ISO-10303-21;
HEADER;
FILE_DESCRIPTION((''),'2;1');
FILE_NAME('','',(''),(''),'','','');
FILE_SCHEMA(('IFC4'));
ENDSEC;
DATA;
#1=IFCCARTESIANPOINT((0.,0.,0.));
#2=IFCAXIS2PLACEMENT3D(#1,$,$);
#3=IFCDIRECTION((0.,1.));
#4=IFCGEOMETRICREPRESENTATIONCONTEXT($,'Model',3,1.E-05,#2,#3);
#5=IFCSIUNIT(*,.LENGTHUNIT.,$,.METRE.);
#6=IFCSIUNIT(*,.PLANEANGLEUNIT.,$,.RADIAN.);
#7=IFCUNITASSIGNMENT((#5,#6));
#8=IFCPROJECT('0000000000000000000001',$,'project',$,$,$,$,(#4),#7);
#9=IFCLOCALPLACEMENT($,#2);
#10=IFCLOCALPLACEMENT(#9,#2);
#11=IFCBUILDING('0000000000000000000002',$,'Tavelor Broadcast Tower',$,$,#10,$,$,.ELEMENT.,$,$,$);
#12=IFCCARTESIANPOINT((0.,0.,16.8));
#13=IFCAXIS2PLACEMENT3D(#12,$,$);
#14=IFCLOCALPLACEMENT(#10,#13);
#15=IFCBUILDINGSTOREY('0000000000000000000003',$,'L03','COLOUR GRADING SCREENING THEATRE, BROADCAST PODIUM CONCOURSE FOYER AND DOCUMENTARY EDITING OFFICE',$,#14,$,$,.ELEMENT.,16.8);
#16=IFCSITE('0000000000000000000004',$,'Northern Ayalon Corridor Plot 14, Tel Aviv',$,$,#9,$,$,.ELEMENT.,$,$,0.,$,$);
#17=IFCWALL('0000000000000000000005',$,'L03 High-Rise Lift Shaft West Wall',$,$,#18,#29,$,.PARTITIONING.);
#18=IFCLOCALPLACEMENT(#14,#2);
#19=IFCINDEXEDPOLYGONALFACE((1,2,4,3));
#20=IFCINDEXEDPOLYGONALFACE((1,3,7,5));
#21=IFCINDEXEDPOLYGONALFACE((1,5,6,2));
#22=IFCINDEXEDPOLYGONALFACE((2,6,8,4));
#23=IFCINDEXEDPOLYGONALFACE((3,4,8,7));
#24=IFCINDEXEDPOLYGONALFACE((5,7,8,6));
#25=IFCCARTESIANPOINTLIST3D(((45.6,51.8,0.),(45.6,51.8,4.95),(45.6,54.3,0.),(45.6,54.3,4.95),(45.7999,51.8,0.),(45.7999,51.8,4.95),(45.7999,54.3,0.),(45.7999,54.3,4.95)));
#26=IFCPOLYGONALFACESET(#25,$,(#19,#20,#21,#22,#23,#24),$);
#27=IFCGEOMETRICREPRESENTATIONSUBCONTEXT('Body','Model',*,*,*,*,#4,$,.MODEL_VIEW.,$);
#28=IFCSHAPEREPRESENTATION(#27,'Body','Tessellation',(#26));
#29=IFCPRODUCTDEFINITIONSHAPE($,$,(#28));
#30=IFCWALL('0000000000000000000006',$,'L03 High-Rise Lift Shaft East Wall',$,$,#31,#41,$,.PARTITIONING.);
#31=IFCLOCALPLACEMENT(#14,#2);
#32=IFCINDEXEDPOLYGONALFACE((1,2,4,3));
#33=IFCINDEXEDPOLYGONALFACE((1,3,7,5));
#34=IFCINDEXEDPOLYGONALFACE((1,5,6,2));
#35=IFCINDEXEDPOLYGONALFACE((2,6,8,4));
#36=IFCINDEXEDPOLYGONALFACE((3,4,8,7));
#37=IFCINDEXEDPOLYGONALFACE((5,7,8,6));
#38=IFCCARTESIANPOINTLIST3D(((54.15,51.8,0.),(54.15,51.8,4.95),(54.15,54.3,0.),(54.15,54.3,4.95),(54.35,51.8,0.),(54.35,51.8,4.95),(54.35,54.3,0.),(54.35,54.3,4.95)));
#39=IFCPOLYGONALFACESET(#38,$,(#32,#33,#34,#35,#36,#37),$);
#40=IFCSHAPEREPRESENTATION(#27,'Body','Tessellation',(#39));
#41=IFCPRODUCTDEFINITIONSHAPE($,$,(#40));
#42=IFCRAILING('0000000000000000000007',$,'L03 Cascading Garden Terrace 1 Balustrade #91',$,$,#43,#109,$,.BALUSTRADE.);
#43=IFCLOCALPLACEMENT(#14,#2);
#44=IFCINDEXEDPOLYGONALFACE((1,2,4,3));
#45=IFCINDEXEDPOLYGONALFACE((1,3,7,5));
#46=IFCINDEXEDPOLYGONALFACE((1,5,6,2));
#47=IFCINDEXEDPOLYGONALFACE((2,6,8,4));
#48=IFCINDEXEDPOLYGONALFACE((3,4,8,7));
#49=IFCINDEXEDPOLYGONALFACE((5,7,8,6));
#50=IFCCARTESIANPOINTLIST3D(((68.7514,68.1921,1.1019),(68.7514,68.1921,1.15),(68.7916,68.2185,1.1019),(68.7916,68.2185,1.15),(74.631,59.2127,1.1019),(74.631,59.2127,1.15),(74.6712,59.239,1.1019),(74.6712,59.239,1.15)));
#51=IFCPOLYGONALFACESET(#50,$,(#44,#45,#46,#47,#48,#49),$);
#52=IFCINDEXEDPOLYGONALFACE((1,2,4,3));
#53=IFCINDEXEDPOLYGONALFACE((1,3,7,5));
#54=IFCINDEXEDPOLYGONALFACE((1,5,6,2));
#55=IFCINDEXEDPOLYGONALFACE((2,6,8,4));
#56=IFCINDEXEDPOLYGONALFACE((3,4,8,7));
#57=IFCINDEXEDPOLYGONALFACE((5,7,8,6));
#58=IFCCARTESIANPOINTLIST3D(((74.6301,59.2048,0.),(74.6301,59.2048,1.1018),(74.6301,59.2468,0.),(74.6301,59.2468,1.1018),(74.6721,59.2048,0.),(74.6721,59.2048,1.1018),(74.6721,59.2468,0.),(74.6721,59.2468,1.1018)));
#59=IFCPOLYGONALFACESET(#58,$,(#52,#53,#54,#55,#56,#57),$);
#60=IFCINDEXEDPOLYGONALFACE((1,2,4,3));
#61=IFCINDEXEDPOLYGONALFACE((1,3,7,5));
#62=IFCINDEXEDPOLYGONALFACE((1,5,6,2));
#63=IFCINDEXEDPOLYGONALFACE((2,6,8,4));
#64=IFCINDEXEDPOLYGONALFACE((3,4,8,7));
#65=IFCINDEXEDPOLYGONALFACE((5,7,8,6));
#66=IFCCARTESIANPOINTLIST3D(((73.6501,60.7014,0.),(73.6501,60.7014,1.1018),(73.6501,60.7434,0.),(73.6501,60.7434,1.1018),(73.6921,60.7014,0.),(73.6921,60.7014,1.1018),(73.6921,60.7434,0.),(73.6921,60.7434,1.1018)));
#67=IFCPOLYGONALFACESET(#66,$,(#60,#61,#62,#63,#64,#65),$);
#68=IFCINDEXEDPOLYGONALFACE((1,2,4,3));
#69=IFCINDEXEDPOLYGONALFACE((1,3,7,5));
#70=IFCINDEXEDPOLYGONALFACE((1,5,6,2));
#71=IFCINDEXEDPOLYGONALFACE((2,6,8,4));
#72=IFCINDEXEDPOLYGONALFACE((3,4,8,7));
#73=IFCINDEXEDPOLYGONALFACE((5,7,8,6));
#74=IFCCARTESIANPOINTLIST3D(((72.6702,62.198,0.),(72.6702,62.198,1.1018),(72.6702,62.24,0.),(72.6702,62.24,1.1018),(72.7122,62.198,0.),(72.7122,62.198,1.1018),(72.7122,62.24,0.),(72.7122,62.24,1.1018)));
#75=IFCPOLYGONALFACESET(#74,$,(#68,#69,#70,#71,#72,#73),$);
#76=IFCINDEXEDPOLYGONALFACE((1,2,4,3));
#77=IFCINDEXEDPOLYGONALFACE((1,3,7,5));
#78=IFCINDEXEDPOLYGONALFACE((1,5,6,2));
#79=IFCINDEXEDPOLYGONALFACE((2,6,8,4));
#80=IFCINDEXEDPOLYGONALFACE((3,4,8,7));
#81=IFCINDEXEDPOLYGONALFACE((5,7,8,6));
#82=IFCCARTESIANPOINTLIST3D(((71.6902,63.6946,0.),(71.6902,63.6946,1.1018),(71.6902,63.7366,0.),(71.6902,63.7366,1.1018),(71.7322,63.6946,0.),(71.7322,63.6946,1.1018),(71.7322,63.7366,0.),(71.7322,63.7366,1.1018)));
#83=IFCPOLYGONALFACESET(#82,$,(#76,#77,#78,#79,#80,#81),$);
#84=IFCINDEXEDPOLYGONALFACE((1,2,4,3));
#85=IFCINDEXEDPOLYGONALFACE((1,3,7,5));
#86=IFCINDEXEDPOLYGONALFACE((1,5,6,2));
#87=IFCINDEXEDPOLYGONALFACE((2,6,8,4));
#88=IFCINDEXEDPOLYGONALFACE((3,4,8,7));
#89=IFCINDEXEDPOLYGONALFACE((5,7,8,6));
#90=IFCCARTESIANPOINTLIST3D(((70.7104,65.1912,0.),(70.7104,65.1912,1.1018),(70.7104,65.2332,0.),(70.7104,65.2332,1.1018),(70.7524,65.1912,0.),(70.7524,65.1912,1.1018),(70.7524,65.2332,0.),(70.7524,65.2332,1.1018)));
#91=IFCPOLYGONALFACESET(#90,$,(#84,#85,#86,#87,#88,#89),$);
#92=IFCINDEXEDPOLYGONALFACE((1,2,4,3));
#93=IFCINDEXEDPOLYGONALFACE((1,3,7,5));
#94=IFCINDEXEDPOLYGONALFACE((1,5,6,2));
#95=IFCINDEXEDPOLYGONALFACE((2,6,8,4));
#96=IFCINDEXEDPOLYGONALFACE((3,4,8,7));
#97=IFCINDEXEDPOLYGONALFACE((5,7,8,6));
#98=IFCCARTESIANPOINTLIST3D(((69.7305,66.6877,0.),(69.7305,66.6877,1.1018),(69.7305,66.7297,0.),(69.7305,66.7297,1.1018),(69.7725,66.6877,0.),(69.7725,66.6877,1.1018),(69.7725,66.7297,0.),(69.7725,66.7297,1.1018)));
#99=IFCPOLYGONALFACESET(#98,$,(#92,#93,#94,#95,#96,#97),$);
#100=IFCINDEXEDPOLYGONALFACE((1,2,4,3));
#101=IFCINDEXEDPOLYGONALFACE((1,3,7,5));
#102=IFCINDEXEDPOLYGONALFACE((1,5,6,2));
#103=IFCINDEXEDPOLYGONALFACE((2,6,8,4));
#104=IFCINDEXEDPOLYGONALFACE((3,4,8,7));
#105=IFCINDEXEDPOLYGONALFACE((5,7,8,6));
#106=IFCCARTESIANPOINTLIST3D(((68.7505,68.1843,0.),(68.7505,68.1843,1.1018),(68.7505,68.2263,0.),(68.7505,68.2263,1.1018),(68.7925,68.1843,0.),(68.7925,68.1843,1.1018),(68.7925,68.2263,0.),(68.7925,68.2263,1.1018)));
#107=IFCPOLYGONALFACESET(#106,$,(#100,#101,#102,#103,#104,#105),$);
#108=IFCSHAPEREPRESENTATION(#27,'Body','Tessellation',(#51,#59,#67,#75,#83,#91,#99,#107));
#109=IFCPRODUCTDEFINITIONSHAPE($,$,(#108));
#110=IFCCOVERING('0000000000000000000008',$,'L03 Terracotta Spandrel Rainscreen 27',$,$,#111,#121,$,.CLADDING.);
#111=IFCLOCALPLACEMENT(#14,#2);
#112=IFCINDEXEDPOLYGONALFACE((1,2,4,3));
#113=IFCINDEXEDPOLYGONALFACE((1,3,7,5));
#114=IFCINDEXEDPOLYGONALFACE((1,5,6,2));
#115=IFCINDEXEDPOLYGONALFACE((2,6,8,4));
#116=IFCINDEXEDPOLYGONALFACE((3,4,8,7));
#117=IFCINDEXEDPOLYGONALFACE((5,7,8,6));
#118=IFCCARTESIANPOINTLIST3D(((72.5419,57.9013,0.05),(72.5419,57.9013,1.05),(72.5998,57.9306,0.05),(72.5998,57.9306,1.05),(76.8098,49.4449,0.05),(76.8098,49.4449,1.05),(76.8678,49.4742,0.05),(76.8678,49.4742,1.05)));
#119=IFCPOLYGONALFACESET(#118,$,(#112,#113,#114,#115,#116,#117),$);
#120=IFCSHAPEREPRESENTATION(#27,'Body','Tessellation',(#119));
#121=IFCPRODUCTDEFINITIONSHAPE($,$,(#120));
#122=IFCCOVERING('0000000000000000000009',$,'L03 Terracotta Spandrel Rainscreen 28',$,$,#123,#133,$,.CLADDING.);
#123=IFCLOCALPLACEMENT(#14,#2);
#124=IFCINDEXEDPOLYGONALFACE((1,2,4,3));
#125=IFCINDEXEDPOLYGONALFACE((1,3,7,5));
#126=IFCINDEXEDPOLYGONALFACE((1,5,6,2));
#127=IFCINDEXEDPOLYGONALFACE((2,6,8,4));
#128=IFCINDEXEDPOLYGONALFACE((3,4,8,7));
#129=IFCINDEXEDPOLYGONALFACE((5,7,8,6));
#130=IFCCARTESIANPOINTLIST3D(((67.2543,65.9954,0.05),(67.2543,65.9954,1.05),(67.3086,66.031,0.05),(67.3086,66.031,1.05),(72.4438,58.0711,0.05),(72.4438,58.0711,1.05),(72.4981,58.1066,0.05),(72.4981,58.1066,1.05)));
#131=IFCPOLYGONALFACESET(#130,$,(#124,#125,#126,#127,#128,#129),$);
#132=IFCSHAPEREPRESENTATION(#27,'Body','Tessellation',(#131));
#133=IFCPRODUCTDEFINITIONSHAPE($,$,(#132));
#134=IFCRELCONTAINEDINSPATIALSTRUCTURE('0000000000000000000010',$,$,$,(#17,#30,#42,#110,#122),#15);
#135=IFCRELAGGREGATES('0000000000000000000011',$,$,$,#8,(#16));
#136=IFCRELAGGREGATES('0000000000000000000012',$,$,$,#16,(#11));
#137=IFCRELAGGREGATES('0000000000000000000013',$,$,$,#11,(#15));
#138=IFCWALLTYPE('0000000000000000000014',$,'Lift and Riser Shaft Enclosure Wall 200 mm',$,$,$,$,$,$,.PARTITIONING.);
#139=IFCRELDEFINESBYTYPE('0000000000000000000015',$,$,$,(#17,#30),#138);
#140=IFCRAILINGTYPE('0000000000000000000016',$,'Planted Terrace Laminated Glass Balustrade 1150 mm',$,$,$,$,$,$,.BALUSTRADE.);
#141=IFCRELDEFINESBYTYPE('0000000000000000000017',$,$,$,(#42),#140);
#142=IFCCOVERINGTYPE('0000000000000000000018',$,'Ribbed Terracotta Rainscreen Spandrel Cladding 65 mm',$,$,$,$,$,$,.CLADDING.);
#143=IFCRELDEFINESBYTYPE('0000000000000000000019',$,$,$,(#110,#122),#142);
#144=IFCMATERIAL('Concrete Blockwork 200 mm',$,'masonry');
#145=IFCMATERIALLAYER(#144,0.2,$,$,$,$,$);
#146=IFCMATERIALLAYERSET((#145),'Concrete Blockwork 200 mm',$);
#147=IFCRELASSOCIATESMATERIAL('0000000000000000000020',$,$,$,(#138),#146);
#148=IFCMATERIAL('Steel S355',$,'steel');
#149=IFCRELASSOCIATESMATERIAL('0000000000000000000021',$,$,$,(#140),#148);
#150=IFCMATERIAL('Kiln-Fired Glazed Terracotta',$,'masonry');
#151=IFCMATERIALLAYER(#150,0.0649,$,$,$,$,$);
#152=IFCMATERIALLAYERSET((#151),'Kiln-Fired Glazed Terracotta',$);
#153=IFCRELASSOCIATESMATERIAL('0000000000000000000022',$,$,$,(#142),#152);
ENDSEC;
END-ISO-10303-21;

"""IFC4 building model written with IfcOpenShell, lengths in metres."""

from ifc_helpers import new_model, si_unit, direction, frame, frame_2d, origin, origin_2d, place, context, subcontext, project, spatial, rectangle, extrude, material, layer, layer_set, type_object, element, save


model = new_model("IFC4")

# Units and contexts
model_context = context("Model", 3, precision=1e-05, world=origin(), true_north=direction((0.0, 1.0)))
body_context = subcontext(model_context, "Body", "Model", "MODEL_VIEW")
ifc_project = project(units=[si_unit("LENGTHUNIT", "METRE"), si_unit("PLANEANGLEUNIT", "RADIAN")], contexts=[model_context])

# Site, building, storey
site_placement = place(None, origin())
site = spatial("IfcSite", under=ifc_project, at=site_placement, Name="Northern Ayalon Corridor Plot 14, Tel Aviv", CompositionType="ELEMENT", RefElevation=0.0)
building_placement = place(site_placement, origin())
building = spatial("IfcBuilding", under=site, at=building_placement, Name="Tavelor Broadcast Tower", CompositionType="ELEMENT")
storey_placement = place(building_placement, frame((0.0, 0.0, 16.8)))
storey = spatial("IfcBuildingStorey", under=building, at=storey_placement, Name="L03", Description="COLOUR GRADING SCREENING THEATRE, BROADCAST PODIUM CONCOURSE FOYER AND DOCUMENTARY EDITING OFFICE", CompositionType="ELEMENT", Elevation=16.8)

# Shared definitions
ifc_material_1 = material(Name="Steel S355", Category="steel")

# Walls
ifc_material_2 = material(Name="Concrete Blockwork 200 mm", Category="masonry")
ifc_layer_1 = layer(ifc_material_2, 0.2)
ifc_layer_set_1 = layer_set([ifc_layer_1], Name="Concrete Blockwork 200 mm")
wall_type_1 = type_object("IfcWallType", Name="Lift and Riser Shaft Enclosure Wall 200 mm", PredefinedType="PARTITIONING", material=ifc_layer_set_1)
for number, where, z_axis, x_axis, name in (
    (1, (45.7, 51.8, 0.0), (0.0, 0.0, 1.0), (0.0, 1.0, 0.0), "L03 High-Rise Lift Shaft West Wall"),
    (2, (54.25, 51.8, 0.0), (0.0, 0.0, 1.0), (0.0, 1.0, 0.0), "L03 High-Rise Lift Shaft East Wall"),
):
    element("IfcWall", number, at=place(storey_placement, frame(where, z_axis=z_axis, x_axis=x_axis)), inside=storey, type_object=wall_type_1, Name=name, PredefinedType="PARTITIONING", context=body_context, shape_type="SweptSolid", body=[
        extrude(rectangle(XDim=2.5, YDim=0.2, at=frame_2d((1.25, 0.0))), origin(), (0.0, 0.0, 1.0), 4.95),
    ])

# Railing
railing_type = type_object("IfcRailingType", Name="Planted Terrace Laminated Glass Balustrade 1150 mm", PredefinedType="BALUSTRADE", material=ifc_material_1)
railing_placement = place(storey_placement, frame((74.6511, 59.2258, 0.0)))
element("IfcRailing", 3, at=railing_placement, inside=storey, type_object=railing_type, Name="L03 Cascading Garden Terrace 1 Balustrade #91", PredefinedType="BALUSTRADE", context=body_context, shape_type="SweptSolid", body=[
    extrude(rectangle(XDim=0.0481, YDim=0.0481, at=origin_2d()), frame((0.0, 0.0, 1.126), z_axis=(-0.5478, 0.83661, 0.0), x_axis=(-0.83661, -0.5478, 0.0)), (0.0, 0.0, 1.0), 10.7332),
    extrude(rectangle(XDim=0.042, YDim=0.042, at=origin_2d()), origin(), (0.0, 0.0, 1.0), 1.1018),
    extrude(rectangle(XDim=0.042, YDim=0.042, at=origin_2d()), frame((-0.98, 1.4966, 0.0)), (0.0, 0.0, 1.0), 1.1018),
    extrude(rectangle(XDim=0.042, YDim=0.042, at=origin_2d()), frame((-1.96, 2.9932, 0.0)), (0.0, 0.0, 1.0), 1.1018),
    extrude(rectangle(XDim=0.042, YDim=0.042, at=origin_2d()), frame((-2.9399, 4.4897, 0.0)), (0.0, 0.0, 1.0), 1.1018),
    extrude(rectangle(XDim=0.042, YDim=0.042, at=origin_2d()), frame((-3.9197, 5.9863, 0.0)), (0.0, 0.0, 1.0), 1.1018),
    extrude(rectangle(XDim=0.042, YDim=0.042, at=origin_2d()), frame((-4.8997, 7.4829, 0.0)), (0.0, 0.0, 1.0), 1.1018),
    extrude(rectangle(XDim=0.042, YDim=0.042, at=origin_2d()), frame((-5.8796, 8.9795, 0.0)), (0.0, 0.0, 1.0), 1.1018),
])

# Coverings
ifc_material_3 = material(Name="Kiln-Fired Glazed Terracotta", Category="masonry")
ifc_layer_2 = layer(ifc_material_3, 0.0649)
ifc_layer_set_2 = layer_set([ifc_layer_2], Name="Kiln-Fired Glazed Terracotta")
covering_type = type_object("IfcCoveringType", Name="Ribbed Terracotta Rainscreen Spandrel Cladding 65 mm", PredefinedType="CLADDING", material=ifc_layer_set_2)
for number, where, z_axis, x_axis, name in (
    (4, (74.7048, 53.6877, 0.05), (0.0, 0.0, 1.0), (-0.450566, 0.892743, 0.0), "L03 Terracotta Spandrel Rainscreen 27"),
    (5, (69.8762, 62.051, 0.05), (0.0, 0.0, 1.0), (-0.547855, 0.836573, 0.0), "L03 Terracotta Spandrel Rainscreen 28"),
):
    element("IfcCovering", number, at=place(storey_placement, frame(where, z_axis=z_axis, x_axis=x_axis)), inside=storey, type_object=covering_type, Name=name, PredefinedType="CLADDING", context=body_context, shape_type="SweptSolid", body=[
        extrude(rectangle(XDim=9.4724, YDim=0.0649, at=origin_2d()), origin(), (0.0, 0.0, 1.0), 1.0),
    ])

save(model, "model.ifc")
